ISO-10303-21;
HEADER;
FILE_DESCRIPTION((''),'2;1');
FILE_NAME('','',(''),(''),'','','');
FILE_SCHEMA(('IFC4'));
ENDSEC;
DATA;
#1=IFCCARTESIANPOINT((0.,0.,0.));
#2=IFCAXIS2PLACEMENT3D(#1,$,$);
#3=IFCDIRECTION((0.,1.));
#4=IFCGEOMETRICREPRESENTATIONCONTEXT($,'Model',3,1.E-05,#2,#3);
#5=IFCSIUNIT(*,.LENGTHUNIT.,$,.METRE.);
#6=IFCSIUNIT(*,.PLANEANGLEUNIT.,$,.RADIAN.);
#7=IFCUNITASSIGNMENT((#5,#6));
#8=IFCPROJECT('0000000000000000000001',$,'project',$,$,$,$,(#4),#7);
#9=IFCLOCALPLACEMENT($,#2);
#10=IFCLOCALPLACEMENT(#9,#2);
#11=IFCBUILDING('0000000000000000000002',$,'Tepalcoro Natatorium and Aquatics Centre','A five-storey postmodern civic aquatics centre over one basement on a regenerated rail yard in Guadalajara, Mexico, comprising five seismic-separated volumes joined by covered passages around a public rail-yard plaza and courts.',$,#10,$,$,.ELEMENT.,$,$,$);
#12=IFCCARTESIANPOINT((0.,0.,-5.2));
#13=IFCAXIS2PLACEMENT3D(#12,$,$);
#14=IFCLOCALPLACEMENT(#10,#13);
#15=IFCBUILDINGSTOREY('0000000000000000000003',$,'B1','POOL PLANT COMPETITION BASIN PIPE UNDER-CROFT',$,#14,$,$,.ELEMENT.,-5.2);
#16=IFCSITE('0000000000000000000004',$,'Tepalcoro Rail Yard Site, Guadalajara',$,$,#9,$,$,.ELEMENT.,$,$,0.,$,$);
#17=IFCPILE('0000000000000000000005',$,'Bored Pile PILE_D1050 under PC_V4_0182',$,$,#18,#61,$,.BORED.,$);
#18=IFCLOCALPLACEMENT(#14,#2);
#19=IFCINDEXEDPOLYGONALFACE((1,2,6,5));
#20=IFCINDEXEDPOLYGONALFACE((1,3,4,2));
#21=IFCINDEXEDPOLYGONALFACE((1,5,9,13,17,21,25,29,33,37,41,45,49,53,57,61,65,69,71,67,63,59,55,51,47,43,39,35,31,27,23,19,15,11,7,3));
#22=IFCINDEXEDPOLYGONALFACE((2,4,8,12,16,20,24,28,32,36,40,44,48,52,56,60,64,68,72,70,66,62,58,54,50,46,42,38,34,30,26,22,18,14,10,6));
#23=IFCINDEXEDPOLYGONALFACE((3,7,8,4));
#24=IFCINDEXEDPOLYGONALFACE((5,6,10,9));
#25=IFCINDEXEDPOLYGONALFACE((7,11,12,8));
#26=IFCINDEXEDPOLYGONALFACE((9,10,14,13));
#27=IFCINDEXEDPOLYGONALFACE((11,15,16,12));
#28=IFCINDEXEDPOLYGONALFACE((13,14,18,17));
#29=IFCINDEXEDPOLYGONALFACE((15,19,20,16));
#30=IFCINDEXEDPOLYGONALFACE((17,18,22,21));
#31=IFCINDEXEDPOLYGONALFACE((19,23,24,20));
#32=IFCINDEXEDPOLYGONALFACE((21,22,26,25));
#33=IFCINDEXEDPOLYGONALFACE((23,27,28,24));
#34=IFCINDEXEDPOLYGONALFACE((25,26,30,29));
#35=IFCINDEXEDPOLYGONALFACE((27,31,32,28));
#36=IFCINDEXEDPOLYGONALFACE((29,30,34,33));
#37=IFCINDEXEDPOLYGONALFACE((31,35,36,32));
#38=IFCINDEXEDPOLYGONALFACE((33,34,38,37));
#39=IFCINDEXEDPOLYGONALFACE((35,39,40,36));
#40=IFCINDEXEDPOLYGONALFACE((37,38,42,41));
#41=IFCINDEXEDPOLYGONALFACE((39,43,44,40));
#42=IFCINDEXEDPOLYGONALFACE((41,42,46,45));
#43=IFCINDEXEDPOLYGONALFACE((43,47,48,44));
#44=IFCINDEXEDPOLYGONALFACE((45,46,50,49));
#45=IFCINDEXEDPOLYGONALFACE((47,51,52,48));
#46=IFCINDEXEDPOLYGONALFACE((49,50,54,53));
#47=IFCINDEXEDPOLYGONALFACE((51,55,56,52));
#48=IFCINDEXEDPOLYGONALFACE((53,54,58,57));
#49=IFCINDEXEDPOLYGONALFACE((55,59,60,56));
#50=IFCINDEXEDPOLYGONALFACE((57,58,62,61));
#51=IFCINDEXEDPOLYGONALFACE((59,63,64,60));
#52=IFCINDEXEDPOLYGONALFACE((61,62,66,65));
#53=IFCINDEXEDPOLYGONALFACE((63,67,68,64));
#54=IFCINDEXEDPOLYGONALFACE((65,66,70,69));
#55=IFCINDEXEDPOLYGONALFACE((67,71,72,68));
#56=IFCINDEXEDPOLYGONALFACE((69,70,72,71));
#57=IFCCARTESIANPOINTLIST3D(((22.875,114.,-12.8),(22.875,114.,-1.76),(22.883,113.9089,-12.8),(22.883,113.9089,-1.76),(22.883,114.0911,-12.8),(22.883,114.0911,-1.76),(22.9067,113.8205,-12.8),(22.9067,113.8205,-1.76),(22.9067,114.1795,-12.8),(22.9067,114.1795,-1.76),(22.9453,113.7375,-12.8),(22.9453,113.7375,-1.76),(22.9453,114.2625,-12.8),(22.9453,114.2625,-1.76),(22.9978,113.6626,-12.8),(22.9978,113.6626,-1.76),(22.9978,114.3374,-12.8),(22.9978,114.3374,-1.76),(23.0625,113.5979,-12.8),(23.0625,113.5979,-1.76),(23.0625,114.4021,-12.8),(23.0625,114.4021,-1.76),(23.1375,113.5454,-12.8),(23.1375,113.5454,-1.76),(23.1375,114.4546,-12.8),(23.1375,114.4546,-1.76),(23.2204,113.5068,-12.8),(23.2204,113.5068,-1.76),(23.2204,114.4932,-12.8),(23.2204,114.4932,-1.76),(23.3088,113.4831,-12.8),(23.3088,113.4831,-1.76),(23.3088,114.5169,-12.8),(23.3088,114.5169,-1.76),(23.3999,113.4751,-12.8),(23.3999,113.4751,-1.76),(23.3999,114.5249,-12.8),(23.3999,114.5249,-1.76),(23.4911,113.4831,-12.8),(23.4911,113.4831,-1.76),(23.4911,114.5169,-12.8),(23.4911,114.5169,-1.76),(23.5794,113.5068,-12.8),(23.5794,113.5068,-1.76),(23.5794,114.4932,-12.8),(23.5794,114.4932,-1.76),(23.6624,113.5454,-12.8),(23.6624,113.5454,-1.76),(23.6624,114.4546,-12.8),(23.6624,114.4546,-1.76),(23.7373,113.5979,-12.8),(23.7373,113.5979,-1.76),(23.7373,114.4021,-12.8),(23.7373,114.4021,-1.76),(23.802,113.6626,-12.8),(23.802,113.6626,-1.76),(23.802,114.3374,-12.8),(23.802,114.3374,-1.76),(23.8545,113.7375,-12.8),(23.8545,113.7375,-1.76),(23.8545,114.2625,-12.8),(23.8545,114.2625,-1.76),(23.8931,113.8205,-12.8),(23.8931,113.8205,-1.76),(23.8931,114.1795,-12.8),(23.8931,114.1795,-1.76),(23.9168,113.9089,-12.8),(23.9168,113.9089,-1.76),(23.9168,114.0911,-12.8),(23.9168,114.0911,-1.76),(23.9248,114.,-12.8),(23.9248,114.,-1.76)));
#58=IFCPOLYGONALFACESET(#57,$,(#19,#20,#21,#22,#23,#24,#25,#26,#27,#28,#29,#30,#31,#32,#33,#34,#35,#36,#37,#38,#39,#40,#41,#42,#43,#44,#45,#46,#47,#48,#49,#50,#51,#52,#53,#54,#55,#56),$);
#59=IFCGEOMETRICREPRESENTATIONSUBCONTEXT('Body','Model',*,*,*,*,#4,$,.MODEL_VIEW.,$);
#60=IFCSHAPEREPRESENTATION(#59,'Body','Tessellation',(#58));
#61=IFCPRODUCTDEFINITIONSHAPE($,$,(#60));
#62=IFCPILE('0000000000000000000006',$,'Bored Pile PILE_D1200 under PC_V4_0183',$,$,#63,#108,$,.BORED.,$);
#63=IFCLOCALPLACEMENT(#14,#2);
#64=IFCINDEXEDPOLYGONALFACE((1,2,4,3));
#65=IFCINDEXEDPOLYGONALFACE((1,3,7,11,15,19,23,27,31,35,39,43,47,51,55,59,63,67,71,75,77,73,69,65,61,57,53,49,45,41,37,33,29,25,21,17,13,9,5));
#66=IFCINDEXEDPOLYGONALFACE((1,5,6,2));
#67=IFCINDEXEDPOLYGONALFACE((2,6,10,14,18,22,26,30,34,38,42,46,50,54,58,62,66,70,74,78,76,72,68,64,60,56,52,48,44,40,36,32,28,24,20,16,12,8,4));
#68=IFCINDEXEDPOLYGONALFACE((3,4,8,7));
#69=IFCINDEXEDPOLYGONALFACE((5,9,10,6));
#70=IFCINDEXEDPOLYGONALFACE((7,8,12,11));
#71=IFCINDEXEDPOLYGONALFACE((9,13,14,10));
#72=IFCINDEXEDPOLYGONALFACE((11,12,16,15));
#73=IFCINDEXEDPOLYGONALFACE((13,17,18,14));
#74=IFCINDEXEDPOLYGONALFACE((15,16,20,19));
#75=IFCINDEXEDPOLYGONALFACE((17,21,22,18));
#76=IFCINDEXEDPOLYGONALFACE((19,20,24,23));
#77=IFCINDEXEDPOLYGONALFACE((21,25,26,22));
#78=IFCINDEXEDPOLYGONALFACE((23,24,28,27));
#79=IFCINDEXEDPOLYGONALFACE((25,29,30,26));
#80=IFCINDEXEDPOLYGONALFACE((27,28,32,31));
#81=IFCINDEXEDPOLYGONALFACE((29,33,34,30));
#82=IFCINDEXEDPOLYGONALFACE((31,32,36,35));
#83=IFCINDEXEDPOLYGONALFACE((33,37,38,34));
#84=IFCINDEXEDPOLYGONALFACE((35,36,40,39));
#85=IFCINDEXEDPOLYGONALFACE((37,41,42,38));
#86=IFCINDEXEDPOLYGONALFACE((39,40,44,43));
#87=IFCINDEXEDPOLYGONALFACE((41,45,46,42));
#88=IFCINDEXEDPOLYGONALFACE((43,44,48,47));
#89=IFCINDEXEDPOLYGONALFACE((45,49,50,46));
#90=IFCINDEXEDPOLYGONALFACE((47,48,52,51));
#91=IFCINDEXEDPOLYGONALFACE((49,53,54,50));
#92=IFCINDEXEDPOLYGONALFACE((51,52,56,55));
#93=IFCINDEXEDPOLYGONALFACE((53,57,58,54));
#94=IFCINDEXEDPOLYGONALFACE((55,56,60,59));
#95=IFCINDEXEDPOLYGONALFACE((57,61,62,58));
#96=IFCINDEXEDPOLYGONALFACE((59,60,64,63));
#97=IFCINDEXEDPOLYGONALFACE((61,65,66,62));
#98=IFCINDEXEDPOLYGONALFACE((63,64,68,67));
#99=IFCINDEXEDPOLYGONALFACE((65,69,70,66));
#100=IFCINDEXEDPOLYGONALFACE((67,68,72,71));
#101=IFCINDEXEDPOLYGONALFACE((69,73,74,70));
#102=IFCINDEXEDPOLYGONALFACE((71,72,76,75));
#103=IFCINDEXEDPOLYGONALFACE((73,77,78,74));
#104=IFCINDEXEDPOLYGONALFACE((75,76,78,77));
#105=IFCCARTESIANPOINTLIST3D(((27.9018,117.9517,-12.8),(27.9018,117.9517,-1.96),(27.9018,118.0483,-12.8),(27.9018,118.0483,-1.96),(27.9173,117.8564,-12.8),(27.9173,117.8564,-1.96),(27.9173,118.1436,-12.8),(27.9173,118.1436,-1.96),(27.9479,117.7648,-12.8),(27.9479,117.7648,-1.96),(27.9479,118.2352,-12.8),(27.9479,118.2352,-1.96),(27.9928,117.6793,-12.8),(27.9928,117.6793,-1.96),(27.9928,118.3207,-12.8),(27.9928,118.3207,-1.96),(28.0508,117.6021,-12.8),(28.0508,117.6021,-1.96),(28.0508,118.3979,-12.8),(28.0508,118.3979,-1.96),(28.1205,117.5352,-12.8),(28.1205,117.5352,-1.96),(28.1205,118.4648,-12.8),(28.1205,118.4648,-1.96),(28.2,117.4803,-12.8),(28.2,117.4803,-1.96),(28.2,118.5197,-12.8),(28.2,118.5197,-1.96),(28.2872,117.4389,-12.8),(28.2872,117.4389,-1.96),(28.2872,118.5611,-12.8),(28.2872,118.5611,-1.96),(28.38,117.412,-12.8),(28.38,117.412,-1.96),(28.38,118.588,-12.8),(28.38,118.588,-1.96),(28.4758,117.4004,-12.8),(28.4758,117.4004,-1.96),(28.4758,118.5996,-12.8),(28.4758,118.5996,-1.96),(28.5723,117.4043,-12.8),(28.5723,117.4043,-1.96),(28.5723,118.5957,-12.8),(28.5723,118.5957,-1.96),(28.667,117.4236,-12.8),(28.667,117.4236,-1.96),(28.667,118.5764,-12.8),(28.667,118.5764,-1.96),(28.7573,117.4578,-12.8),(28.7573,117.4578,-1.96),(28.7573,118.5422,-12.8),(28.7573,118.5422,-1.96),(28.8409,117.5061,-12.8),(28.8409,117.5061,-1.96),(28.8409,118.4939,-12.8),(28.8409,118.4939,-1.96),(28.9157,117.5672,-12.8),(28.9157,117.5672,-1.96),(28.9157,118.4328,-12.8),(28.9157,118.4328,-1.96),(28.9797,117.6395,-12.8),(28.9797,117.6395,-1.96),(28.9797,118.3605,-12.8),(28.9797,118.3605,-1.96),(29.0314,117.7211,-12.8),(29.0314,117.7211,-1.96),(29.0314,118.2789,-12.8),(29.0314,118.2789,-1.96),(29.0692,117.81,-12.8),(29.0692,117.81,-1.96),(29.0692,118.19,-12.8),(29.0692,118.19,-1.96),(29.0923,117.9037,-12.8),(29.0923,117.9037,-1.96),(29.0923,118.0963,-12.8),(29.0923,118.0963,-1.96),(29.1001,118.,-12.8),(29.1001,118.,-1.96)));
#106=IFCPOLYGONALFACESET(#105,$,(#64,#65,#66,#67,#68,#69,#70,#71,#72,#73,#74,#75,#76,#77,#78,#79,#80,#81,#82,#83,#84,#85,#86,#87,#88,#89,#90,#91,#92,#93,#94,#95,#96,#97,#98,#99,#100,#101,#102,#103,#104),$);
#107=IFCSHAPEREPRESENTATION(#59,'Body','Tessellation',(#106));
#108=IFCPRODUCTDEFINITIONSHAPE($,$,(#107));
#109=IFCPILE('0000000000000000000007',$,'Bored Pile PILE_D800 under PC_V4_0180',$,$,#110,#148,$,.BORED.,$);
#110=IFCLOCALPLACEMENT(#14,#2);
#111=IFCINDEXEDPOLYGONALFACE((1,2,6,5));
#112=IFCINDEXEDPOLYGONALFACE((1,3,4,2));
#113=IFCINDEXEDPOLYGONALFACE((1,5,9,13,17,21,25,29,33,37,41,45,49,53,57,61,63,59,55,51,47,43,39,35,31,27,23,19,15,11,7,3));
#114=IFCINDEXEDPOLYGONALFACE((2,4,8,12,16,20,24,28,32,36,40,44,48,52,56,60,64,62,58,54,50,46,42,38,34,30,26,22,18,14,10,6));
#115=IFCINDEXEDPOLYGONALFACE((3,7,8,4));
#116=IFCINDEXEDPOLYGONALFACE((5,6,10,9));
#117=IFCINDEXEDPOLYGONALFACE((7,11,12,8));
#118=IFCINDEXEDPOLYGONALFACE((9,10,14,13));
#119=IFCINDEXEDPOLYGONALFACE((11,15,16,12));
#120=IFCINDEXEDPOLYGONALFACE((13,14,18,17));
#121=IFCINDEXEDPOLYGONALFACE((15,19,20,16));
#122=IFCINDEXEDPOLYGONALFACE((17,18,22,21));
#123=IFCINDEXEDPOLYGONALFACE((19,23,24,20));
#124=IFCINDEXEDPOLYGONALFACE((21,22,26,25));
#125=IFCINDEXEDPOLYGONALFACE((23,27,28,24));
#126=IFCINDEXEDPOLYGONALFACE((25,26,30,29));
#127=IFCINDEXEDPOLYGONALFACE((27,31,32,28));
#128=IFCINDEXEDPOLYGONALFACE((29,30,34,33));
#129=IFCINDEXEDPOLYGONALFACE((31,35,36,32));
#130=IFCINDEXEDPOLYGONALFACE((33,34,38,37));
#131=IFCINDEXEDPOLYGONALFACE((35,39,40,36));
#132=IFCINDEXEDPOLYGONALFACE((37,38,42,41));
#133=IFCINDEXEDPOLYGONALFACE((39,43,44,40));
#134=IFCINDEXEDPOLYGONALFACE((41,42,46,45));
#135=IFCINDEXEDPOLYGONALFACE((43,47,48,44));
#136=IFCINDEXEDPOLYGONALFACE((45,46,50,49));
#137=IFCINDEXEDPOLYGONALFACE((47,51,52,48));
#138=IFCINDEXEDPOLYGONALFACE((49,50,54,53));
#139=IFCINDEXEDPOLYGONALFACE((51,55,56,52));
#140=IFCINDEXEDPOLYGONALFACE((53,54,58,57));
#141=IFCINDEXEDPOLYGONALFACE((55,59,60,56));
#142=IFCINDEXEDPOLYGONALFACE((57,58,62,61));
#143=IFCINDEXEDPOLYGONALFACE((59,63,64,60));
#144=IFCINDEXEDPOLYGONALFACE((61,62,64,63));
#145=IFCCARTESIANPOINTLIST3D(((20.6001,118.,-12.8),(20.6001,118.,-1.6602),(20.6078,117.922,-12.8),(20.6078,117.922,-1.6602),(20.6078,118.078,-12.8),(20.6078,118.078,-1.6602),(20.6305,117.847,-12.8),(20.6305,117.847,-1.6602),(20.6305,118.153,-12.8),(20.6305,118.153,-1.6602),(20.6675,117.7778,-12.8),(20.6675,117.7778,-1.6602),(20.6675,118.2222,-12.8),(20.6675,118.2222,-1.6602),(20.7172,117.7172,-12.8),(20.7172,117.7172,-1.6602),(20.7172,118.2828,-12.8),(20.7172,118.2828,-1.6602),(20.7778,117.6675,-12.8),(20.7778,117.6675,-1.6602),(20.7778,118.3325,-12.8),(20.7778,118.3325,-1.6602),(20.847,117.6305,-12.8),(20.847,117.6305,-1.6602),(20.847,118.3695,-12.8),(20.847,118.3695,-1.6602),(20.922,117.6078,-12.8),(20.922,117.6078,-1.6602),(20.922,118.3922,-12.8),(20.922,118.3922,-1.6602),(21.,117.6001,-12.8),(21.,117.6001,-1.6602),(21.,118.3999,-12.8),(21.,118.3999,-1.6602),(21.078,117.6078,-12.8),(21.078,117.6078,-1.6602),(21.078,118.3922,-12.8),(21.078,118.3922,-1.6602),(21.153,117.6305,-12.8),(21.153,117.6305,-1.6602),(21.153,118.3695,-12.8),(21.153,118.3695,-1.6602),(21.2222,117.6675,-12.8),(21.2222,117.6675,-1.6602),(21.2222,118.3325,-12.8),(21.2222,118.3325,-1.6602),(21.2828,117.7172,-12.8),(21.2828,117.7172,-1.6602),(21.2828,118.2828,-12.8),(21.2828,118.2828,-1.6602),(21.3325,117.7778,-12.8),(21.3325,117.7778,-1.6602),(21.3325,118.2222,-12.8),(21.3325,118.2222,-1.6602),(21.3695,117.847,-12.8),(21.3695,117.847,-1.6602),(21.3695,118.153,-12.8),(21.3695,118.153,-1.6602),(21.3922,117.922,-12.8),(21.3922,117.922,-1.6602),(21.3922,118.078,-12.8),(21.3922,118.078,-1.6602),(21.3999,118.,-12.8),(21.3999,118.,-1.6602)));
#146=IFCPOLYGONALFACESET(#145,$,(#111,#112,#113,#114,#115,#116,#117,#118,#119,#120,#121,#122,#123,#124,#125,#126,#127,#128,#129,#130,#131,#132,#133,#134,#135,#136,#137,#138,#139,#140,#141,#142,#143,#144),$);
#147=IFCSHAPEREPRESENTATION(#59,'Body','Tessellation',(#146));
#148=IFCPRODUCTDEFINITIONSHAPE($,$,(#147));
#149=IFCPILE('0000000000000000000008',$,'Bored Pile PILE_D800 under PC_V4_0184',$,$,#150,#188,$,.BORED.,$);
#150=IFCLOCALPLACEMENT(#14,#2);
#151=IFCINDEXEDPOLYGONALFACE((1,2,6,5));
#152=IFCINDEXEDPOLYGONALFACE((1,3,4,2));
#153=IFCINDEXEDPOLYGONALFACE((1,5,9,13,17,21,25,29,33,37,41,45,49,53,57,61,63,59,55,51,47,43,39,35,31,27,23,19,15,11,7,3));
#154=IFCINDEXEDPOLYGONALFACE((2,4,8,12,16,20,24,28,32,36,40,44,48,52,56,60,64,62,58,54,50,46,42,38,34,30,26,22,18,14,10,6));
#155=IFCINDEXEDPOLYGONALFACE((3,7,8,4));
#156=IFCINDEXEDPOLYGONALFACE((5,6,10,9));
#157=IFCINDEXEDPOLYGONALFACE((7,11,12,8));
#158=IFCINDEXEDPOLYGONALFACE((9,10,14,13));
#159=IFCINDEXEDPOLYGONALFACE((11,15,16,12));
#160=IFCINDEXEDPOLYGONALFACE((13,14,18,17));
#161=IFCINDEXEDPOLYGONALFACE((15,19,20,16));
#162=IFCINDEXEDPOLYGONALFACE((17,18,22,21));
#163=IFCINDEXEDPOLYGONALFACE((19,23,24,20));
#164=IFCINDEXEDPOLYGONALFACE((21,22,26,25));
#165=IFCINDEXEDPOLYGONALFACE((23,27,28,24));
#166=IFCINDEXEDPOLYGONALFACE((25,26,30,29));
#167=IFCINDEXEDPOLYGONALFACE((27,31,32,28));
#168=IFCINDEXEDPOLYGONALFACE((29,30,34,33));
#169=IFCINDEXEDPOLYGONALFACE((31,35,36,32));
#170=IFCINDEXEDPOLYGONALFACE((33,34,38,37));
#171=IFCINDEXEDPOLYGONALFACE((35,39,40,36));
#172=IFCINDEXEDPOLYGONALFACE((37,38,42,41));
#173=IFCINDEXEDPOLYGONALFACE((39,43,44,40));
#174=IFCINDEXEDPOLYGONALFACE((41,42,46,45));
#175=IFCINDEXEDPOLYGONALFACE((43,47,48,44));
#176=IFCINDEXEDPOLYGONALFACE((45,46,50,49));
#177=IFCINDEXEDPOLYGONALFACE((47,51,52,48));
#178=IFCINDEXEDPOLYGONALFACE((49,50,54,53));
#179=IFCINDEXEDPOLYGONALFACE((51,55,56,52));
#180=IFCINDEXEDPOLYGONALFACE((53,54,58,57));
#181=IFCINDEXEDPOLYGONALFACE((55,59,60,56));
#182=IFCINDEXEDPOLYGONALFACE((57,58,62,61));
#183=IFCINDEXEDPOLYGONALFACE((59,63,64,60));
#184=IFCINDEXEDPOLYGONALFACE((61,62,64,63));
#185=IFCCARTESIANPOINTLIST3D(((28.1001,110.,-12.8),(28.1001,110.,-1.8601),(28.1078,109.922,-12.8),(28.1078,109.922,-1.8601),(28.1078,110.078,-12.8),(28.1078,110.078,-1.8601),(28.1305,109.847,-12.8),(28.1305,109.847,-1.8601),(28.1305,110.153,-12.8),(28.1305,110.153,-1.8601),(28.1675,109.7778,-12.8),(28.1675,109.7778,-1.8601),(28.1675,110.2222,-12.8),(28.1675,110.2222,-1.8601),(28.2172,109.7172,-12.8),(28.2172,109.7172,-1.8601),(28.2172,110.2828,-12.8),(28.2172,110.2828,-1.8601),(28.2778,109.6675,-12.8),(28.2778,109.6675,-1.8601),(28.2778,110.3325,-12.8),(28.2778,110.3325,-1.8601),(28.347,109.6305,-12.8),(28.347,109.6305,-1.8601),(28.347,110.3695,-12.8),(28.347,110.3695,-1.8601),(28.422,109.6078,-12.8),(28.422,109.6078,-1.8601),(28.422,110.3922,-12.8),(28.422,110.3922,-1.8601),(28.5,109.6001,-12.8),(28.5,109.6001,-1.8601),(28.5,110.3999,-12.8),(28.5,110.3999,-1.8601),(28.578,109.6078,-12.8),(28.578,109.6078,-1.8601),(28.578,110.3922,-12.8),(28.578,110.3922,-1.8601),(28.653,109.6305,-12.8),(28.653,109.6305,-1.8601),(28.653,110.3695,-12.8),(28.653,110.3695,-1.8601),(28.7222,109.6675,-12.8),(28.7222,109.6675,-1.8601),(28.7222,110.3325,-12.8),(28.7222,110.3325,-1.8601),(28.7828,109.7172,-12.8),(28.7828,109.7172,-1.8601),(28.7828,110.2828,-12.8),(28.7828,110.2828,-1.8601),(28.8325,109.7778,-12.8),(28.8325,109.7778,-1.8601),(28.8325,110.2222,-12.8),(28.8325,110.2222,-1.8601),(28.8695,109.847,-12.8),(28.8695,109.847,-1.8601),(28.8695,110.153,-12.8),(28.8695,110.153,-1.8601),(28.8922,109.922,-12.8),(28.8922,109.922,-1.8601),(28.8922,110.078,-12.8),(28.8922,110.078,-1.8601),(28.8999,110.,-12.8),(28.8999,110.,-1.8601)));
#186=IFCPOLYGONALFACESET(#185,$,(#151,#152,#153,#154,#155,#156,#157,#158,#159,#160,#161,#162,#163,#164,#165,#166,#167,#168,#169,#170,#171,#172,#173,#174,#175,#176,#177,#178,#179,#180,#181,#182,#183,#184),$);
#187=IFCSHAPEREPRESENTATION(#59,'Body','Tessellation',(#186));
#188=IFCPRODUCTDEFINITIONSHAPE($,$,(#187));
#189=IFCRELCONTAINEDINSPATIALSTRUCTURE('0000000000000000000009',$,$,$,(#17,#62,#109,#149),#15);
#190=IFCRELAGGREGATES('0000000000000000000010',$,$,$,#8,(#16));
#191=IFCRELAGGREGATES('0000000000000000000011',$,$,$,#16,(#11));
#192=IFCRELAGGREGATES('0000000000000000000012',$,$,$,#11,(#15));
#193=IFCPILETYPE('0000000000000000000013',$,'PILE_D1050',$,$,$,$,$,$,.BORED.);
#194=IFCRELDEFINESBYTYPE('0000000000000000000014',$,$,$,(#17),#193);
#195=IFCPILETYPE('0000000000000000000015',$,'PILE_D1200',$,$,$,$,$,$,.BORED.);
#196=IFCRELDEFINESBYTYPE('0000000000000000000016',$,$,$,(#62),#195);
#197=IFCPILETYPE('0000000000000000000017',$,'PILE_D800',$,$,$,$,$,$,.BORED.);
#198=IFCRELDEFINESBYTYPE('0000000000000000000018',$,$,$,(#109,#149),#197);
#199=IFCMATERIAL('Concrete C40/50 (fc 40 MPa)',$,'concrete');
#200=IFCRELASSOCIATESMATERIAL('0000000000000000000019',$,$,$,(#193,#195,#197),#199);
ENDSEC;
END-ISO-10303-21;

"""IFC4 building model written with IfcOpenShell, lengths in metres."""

from ifc_helpers import new_model, si_unit, direction, frame, origin, origin_2d, place, context, subcontext, project, spatial, circle, extrude, material, material_profile, profile_set, type_object, element, save


model = new_model("IFC4")

# Units and contexts
model_context = context("Model", 3, precision=1e-05, world=origin(), true_north=direction((0.0, 1.0)))
body_context = subcontext(model_context, "Body", "Model", "MODEL_VIEW")
ifc_project = project(units=[si_unit("LENGTHUNIT", "METRE"), si_unit("PLANEANGLEUNIT", "RADIAN")], contexts=[model_context])

# Site, building, storey
site_placement = place(None, origin())
site = spatial("IfcSite", under=ifc_project, at=site_placement, Name="Tepalcoro Rail Yard Site, Guadalajara", CompositionType="ELEMENT", RefElevation=0.0)
building_placement = place(site_placement, origin())
building = spatial("IfcBuilding", under=site, at=building_placement, Name="Tepalcoro Natatorium and Aquatics Centre", Description="A five-storey postmodern civic aquatics centre over one basement on a regenerated rail yard in Guadalajara, Mexico, comprising five seismic-separated volumes joined by covered passages around a public rail-yard plaza and courts.", CompositionType="ELEMENT")
storey_placement = place(building_placement, frame((0.0, 0.0, -5.2)))
storey = spatial("IfcBuildingStorey", under=building, at=storey_placement, Name="B1", Description="POOL PLANT COMPETITION BASIN PIPE UNDER-CROFT", CompositionType="ELEMENT", Elevation=-5.2)

# Piles
ifc_material_1 = material(Name="Concrete C40/50 (fc 40 MPa)", Category="concrete")
ifc_material_profile_1 = material_profile(ifc_material_1, circle(Radius=0.5249, at=origin_2d()), Name="PILE_D1050")
ifc_profile_set_1 = profile_set([ifc_material_profile_1], Name="Concrete C40/50 (fc 40 MPa)")
pile_type_1 = type_object("IfcPileType", Name="PILE_D1050", PredefinedType="BORED", material=ifc_profile_set_1)
pile_1_placement = place(storey_placement, frame((23.3999, 114.0, -1.76), z_axis=(0.0, 0.0, -1.0), x_axis=(1.0, 0.0, 0.0)))
element("IfcPile", 1, at=pile_1_placement, inside=storey, type_object=pile_type_1, Name="Bored Pile PILE_D1050 under PC_V4_0182", PredefinedType="BORED", context=body_context, shape_type="SweptSolid", body=[
    extrude(circle(Radius=0.5249, at=origin_2d()), origin(), (0.0, 0.0, 1.0), 11.04),
])
ifc_material_profile_2 = material_profile(ifc_material_1, circle(Radius=0.6001, at=origin_2d()), Name="PILE_D1200")
ifc_profile_set_2 = profile_set([ifc_material_profile_2], Name="Concrete C40/50 (fc 40 MPa)")
pile_type_2 = type_object("IfcPileType", Name="PILE_D1200", PredefinedType="BORED", material=ifc_profile_set_2)
pile_2_placement = place(storey_placement, frame((28.5, 118.0, -1.96), z_axis=(0.0, 0.0, -1.0), x_axis=(1.0, 0.0, 0.0)))
element("IfcPile", 2, at=pile_2_placement, inside=storey, type_object=pile_type_2, Name="Bored Pile PILE_D1200 under PC_V4_0183", PredefinedType="BORED", context=body_context, shape_type="SweptSolid", body=[
    extrude(circle(Radius=0.6001, at=origin_2d()), origin(), (0.0, 0.0, 1.0), 10.8401),
])
ifc_material_profile_3 = material_profile(ifc_material_1, circle(Radius=0.3999, at=origin_2d()), Name="PILE_D800")
ifc_profile_set_3 = profile_set([ifc_material_profile_3], Name="Concrete C40/50 (fc 40 MPa)")
pile_type_3 = type_object("IfcPileType", Name="PILE_D800", PredefinedType="BORED", material=ifc_profile_set_3)
pile_3_placement = place(storey_placement, frame((21.0, 118.0, -1.6602), z_axis=(0.0, 0.0, -1.0), x_axis=(1.0, 0.0, 0.0)))
element("IfcPile", 3, at=pile_3_placement, inside=storey, type_object=pile_type_3, Name="Bored Pile PILE_D800 under PC_V4_0180", PredefinedType="BORED", context=body_context, shape_type="SweptSolid", body=[
    extrude(circle(Radius=0.3999, at=origin_2d()), origin(), (0.0, 0.0, 1.0), 11.1399),
])
pile_4_placement = place(storey_placement, frame((28.5, 110.0, -1.8601), z_axis=(0.0, 0.0, -1.0), x_axis=(1.0, 0.0, 0.0)))
element("IfcPile", 4, at=pile_4_placement, inside=storey, type_object=pile_type_3, Name="Bored Pile PILE_D800 under PC_V4_0184", PredefinedType="BORED", context=body_context, shape_type="SweptSolid", body=[
    extrude(circle(Radius=0.3999, at=origin_2d()), origin(), (0.0, 0.0, 1.0), 10.9399),
])

save(model, "model.ifc")
